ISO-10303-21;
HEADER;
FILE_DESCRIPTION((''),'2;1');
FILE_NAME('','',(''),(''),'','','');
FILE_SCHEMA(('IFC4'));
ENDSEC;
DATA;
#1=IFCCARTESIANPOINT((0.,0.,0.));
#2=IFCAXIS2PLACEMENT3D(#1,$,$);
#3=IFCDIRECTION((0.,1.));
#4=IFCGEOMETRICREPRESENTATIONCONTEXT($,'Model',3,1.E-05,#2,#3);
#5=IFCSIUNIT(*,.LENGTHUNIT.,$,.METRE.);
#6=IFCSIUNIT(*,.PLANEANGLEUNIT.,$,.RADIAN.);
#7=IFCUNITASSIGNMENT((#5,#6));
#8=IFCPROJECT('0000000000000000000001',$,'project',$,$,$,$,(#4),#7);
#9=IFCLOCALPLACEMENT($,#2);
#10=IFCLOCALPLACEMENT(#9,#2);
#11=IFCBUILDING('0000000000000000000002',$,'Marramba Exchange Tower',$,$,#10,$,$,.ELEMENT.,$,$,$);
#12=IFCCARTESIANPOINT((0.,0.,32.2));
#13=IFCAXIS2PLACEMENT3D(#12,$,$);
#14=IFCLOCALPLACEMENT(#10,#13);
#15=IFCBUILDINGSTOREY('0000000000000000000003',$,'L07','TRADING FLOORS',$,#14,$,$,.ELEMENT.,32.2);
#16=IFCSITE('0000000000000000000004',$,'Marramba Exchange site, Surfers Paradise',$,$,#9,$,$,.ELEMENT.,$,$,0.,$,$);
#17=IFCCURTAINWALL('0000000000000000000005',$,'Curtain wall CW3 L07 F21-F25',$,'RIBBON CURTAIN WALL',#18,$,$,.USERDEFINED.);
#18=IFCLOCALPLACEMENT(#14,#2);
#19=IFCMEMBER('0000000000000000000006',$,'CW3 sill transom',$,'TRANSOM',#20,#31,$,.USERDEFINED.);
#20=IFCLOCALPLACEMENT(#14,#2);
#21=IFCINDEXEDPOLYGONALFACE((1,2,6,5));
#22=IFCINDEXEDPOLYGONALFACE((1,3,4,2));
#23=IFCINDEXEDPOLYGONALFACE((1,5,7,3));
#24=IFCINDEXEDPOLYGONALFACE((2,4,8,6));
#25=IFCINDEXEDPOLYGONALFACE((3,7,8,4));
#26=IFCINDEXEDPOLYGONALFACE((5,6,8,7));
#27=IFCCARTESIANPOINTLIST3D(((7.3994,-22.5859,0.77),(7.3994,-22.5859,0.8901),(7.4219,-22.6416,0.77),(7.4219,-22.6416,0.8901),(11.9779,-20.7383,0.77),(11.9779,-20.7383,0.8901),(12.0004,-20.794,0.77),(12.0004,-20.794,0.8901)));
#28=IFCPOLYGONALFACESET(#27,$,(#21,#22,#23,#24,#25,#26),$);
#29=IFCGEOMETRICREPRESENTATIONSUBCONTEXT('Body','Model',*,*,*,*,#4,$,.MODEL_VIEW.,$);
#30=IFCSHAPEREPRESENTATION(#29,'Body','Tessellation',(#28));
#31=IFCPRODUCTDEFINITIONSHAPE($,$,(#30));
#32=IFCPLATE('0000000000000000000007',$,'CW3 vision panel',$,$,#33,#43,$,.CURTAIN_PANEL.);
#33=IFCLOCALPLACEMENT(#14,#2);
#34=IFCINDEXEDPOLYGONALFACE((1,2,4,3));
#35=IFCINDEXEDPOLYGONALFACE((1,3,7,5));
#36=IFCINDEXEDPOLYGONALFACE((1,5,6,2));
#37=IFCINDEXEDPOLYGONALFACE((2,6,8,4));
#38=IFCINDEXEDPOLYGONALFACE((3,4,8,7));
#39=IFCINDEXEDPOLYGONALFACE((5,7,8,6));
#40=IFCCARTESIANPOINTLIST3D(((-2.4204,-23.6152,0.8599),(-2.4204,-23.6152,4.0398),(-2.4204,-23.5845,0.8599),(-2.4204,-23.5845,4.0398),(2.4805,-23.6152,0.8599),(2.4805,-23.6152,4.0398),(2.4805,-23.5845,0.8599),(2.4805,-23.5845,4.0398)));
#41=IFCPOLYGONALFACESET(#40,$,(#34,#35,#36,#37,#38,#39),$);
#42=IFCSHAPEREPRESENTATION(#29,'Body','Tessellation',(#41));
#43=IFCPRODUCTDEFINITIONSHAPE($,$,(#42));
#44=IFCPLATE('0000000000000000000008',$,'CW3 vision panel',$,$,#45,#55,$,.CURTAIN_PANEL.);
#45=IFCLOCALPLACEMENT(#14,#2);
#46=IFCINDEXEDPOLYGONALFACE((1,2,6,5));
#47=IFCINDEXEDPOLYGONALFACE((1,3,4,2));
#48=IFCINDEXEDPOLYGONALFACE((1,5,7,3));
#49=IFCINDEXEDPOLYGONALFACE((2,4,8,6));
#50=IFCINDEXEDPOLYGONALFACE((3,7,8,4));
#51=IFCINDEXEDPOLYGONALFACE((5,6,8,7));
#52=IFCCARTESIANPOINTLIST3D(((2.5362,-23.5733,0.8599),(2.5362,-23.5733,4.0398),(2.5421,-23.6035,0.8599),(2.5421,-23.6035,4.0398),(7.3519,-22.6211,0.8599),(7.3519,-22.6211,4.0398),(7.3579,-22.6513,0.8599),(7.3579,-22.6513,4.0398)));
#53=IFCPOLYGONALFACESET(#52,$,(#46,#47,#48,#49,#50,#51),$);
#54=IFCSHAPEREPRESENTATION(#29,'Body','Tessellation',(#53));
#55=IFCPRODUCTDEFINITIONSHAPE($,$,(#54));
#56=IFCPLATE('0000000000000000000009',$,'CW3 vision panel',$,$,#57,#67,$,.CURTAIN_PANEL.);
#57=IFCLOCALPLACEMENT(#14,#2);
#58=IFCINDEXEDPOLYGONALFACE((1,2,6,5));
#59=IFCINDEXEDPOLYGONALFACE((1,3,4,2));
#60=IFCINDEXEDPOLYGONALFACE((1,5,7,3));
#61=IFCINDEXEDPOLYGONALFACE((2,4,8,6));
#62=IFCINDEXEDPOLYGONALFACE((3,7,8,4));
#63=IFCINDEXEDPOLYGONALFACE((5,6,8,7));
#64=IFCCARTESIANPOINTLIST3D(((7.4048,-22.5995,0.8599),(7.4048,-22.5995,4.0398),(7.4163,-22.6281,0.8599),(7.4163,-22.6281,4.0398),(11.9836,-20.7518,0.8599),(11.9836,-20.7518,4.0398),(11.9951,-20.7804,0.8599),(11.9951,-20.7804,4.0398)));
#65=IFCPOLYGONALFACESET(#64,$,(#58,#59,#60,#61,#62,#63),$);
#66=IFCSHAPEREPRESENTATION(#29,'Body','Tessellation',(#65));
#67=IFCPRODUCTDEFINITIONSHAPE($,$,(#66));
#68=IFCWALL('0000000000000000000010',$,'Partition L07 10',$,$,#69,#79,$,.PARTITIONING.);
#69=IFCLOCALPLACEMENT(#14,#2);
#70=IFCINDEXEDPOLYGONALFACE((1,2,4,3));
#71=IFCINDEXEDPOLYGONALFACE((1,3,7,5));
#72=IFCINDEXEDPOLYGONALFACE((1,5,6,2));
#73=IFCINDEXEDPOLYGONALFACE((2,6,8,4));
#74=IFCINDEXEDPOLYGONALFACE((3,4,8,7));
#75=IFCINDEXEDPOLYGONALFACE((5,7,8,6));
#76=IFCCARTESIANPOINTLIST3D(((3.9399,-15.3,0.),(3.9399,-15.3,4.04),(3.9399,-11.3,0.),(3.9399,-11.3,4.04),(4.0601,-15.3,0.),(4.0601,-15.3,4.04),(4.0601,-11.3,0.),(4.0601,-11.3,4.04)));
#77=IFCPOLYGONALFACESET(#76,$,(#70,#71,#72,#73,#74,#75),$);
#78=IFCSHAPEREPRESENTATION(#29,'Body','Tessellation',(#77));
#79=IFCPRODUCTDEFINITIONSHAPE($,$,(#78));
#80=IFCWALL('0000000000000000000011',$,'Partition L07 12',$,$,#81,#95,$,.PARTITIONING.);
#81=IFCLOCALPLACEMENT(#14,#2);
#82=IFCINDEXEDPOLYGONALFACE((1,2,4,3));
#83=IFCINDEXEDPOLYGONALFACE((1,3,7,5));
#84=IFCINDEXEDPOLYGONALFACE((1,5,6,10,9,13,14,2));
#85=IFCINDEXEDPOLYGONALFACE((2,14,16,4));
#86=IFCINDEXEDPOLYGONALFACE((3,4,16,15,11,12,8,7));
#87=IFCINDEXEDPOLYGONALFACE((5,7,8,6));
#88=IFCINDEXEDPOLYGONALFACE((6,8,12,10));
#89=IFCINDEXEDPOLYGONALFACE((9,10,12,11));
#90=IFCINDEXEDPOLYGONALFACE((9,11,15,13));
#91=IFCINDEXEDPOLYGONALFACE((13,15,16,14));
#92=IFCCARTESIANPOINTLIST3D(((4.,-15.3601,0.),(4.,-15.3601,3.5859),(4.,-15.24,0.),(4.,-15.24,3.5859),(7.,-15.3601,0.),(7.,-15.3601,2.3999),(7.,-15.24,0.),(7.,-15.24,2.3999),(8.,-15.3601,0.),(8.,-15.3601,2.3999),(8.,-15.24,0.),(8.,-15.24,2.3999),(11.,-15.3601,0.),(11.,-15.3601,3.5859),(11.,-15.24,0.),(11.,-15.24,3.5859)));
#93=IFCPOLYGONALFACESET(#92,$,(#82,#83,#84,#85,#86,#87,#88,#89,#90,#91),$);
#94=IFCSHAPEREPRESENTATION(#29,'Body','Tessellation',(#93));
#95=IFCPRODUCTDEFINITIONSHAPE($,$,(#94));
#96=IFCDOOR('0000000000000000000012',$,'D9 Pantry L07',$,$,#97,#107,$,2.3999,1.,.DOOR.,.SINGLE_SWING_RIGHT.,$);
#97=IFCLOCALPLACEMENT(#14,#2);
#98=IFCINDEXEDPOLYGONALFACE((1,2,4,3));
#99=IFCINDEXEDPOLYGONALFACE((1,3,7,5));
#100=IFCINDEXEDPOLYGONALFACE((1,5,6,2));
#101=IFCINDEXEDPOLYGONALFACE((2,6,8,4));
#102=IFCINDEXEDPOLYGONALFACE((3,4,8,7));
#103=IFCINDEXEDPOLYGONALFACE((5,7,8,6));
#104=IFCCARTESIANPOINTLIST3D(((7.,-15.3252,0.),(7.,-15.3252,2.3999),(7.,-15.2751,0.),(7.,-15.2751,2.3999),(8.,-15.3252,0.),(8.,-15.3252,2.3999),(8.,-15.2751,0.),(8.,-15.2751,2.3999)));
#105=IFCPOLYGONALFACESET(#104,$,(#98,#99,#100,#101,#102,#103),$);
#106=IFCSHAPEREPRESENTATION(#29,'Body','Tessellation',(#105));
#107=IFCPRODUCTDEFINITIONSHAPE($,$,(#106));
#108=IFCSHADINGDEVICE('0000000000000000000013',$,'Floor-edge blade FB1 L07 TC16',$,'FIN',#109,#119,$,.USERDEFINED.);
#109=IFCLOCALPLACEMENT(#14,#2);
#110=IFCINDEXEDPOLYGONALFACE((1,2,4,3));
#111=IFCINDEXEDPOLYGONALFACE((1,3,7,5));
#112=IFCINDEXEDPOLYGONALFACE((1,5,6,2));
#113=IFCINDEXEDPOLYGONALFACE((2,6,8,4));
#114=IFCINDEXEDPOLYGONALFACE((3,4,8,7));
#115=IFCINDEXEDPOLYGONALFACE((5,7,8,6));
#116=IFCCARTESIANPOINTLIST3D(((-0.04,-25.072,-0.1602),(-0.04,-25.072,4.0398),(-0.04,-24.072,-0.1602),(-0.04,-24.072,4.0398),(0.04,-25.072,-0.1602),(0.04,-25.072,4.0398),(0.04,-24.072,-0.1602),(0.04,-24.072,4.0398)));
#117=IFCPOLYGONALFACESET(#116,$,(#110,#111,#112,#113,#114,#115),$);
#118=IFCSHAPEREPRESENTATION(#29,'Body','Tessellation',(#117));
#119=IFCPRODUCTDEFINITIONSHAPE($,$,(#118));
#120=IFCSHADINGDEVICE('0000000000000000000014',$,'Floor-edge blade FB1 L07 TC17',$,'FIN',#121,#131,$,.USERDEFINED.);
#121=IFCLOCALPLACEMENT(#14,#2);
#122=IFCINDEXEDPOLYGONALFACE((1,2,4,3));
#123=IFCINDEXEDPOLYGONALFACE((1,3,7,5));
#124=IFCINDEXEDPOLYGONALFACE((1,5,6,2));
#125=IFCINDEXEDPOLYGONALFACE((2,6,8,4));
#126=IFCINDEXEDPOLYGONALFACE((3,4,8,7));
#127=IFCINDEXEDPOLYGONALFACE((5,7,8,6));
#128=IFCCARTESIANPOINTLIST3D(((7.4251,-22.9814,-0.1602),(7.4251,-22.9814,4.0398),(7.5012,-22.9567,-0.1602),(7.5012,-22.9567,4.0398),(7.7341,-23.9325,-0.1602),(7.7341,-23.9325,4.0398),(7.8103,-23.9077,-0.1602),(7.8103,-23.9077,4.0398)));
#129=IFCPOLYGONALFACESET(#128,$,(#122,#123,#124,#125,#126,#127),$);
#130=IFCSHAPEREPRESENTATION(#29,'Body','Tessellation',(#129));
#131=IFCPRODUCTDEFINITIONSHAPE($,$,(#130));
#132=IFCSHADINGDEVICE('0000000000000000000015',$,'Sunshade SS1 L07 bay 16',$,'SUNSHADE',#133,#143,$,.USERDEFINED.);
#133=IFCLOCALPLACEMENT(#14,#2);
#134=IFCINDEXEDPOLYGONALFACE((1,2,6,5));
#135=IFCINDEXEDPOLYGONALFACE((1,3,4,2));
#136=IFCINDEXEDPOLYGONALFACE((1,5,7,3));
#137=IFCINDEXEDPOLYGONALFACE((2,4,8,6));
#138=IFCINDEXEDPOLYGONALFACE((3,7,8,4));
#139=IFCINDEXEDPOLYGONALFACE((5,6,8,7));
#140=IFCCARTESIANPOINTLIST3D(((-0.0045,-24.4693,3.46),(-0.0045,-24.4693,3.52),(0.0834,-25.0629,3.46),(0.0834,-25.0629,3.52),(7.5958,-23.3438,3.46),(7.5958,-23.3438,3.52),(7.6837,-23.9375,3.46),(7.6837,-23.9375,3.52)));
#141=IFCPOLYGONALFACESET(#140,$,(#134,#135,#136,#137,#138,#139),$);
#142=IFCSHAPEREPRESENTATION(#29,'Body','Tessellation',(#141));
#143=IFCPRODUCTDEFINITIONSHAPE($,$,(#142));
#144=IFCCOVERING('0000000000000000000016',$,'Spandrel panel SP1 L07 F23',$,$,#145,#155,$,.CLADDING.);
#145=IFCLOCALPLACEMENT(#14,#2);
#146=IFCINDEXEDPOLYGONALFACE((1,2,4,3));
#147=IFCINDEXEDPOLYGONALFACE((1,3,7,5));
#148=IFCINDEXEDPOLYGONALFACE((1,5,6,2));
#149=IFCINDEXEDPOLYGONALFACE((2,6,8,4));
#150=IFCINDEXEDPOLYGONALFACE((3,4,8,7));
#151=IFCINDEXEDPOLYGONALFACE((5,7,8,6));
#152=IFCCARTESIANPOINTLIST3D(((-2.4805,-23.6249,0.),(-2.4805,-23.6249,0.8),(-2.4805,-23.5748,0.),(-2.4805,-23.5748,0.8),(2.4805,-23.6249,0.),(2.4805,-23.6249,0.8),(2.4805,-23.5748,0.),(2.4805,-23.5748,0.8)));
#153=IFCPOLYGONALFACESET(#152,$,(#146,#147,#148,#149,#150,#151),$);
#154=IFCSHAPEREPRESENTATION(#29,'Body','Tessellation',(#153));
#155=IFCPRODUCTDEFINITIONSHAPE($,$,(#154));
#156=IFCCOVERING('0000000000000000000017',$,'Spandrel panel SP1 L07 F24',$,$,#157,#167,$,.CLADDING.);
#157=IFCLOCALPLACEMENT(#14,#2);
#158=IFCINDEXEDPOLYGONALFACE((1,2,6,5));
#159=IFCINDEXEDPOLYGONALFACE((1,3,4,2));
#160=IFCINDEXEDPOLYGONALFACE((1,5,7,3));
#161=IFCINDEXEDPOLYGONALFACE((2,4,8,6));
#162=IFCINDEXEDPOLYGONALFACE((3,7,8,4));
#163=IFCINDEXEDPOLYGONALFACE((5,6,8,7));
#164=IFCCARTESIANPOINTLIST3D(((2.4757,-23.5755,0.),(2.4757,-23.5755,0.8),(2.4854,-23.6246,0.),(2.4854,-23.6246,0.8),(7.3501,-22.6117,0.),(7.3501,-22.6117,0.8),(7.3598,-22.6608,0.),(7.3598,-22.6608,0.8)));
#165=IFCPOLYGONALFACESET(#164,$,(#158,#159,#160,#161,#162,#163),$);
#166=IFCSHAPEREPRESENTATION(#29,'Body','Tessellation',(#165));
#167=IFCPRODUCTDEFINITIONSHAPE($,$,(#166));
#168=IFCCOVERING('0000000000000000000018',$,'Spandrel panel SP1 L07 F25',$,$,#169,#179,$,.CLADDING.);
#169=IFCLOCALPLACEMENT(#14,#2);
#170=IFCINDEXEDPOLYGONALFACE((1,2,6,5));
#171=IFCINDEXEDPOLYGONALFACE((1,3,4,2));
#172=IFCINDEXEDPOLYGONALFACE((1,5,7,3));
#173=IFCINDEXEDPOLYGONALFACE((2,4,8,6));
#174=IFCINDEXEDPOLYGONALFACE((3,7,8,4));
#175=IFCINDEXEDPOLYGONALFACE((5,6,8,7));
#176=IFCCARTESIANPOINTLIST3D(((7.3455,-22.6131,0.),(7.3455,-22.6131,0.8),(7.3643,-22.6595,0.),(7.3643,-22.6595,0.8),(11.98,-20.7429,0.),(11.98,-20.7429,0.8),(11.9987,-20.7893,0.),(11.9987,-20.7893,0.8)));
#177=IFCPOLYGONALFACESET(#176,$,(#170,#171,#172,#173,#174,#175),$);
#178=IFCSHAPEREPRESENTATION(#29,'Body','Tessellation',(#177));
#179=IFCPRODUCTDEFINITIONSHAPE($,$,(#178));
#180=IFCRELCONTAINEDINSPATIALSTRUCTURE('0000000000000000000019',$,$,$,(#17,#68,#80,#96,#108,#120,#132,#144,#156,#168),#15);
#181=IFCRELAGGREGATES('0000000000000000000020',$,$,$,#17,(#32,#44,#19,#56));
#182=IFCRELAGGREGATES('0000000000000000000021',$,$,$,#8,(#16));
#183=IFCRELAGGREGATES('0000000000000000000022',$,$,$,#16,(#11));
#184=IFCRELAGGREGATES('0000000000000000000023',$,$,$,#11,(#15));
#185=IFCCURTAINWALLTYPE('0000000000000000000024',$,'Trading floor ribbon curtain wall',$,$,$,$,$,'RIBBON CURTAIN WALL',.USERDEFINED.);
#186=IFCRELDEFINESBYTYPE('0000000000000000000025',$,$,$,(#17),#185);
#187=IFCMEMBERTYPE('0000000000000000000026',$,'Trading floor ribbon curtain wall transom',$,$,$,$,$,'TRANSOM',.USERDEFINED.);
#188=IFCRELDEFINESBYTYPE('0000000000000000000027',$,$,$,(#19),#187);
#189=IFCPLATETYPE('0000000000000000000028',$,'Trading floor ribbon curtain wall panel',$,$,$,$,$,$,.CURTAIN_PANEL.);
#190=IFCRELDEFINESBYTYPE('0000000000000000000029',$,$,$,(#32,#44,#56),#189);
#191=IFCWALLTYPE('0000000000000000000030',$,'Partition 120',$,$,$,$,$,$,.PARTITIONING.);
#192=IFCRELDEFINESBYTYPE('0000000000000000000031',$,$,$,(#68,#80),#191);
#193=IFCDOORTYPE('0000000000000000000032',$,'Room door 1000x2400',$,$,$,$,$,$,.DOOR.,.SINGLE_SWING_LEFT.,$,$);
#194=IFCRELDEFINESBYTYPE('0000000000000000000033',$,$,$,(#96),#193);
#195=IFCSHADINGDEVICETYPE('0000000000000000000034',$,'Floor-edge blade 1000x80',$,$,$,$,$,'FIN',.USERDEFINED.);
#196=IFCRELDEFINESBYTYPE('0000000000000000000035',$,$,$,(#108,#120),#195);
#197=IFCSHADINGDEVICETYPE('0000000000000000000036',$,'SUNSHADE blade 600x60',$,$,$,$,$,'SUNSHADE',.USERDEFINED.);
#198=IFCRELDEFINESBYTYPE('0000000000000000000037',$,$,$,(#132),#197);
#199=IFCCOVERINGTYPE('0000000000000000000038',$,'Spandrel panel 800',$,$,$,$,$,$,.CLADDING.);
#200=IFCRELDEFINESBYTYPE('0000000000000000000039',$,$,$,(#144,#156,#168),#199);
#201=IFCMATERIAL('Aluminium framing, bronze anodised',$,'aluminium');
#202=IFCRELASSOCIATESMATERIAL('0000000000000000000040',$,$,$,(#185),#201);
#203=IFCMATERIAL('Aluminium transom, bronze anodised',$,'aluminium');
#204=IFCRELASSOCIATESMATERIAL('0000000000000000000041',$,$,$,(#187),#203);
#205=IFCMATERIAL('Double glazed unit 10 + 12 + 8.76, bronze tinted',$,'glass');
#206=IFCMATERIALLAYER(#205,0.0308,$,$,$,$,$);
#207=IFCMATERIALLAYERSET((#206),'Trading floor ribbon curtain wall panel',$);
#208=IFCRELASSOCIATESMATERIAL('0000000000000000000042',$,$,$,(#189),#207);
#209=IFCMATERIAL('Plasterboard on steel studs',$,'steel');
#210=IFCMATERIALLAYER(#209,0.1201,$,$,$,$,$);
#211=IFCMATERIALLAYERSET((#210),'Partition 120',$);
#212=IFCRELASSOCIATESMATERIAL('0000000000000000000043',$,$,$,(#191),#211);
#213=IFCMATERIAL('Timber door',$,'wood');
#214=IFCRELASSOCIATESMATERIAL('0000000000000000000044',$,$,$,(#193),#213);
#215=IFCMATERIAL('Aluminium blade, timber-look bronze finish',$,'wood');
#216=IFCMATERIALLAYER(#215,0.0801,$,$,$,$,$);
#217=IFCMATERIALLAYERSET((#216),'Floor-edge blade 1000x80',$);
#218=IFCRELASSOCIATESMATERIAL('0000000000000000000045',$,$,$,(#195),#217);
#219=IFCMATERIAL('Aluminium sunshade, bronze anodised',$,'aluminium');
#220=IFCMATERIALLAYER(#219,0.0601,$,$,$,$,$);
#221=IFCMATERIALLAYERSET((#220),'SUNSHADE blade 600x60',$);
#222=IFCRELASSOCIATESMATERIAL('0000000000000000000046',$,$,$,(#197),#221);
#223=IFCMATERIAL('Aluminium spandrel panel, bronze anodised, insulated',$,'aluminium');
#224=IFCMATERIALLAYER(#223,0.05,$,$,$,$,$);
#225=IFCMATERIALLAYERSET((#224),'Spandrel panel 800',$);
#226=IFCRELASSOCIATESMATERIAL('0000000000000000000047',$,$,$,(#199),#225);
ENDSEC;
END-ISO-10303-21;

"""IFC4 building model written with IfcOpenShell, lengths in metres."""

from ifc_helpers import new_model, si_unit, direction, frame, frame_2d, origin, origin_2d, place, context, subcontext, project, spatial, rectangle, extrude, material, layer, layer_set, material_profile, profile_set, type_object, element, fill, aggregate, save


model = new_model("IFC4")

# Units and contexts
model_context = context("Model", 3, precision=1e-05, world=origin(), true_north=direction((0.0, 1.0)))
body_context = subcontext(model_context, "Body", "Model", "MODEL_VIEW")
ifc_project = project(units=[si_unit("LENGTHUNIT", "METRE"), si_unit("PLANEANGLEUNIT", "RADIAN")], contexts=[model_context])

# Site, building, storey
site_placement = place(None, origin())
site = spatial("IfcSite", under=ifc_project, at=site_placement, Name="Marramba Exchange site, Surfers Paradise", CompositionType="ELEMENT", RefElevation=0.0)
building_placement = place(site_placement, origin())
building = spatial("IfcBuilding", under=site, at=building_placement, Name="Marramba Exchange Tower", CompositionType="ELEMENT")
storey_placement = place(building_placement, frame((0.0, 0.0, 32.2)))
storey = spatial("IfcBuildingStorey", under=building, at=storey_placement, Name="L07", Description="TRADING FLOORS", CompositionType="ELEMENT", Elevation=32.2)

# Curtain wall, member, plates
ifc_material_1 = material(Name="Aluminium framing, bronze anodised", Category="aluminium")
curtain_wall_type = type_object("IfcCurtainWallType", Name="Trading floor ribbon curtain wall", ElementType="RIBBON CURTAIN WALL", PredefinedType="USERDEFINED", material=ifc_material_1)
curtain_wall_placement = place(storey_placement, origin())
curtain_wall = element("IfcCurtainWall", 1, at=curtain_wall_placement, inside=storey, type_object=curtain_wall_type, Name="Curtain wall CW3 L07 F21-F25", ObjectType="RIBBON CURTAIN WALL", PredefinedType="USERDEFINED")
ifc_material_2 = material(Name="Aluminium transom, bronze anodised", Category="aluminium")
ifc_material_profile_1 = material_profile(ifc_material_2, rectangle(XDim=0.0601, YDim=0.1201, at=origin_2d()), Name="CW3 transom 60x120")
ifc_profile_set_1 = profile_set([ifc_material_profile_1], Name="Aluminium transom, bronze anodised")
member_type_1 = type_object("IfcMemberType", Name="Trading floor ribbon curtain wall transom", ElementType="TRANSOM", PredefinedType="USERDEFINED", material=ifc_profile_set_1)
member_1_placement = place(storey_placement, frame((7.4106, -22.6138, 0.8301), z_axis=(0.92734, 0.374219, 0.0), x_axis=(-0.374219, 0.92734, 0.0)))
member_1 = element("IfcMember", 2, at=member_1_placement, type_object=member_type_1, Name="CW3 sill transom", ObjectType="TRANSOM", PredefinedType="USERDEFINED", context=body_context, shape_type="SweptSolid", body=[
    extrude(rectangle(XDim=0.0601, YDim=0.1201, at=origin_2d()), origin(), (0.0, 0.0, 1.0), 4.9373),
])
ifc_material_3 = material(Name="Double glazed unit 10 + 12 + 8.76, bronze tinted", Category="glass")
ifc_layer_1 = layer(ifc_material_3, 0.0308)
ifc_layer_set_1 = layer_set([ifc_layer_1], Name="Trading floor ribbon curtain wall panel")
plate_type = type_object("IfcPlateType", Name="Trading floor ribbon curtain wall panel", PredefinedType="CURTAIN_PANEL", material=ifc_layer_set_1)
plate_1_placement = place(storey_placement, frame((0.03, -23.5999, 0.8599), z_axis=(0.0, 0.0, 1.0), x_axis=(1.0, 0.0, 0.0)))
plate_1 = element("IfcPlate", 3, at=plate_1_placement, type_object=plate_type, Name="CW3 vision panel", PredefinedType="CURTAIN_PANEL", context=body_context, shape_type="SweptSolid", body=[
    extrude(rectangle(XDim=4.9009, YDim=0.0308, at=origin_2d()), origin(), (0.0, 0.0, 1.0), 3.1799),
])
plate_2_placement = place(storey_placement, frame((4.947, -23.1123, 0.8599), z_axis=(0.0, 0.0, 1.0), x_axis=(0.981009, 0.193961, 0.0)))
plate_2 = element("IfcPlate", 4, at=plate_2_placement, type_object=plate_type, Name="CW3 vision panel", PredefinedType="CURTAIN_PANEL", context=body_context, shape_type="SweptSolid", body=[
    extrude(rectangle(XDim=4.9089, YDim=0.0308, at=origin_2d()), origin(), (0.0, 0.0, 1.0), 3.1799),
])
plate_3_placement = place(storey_placement, frame((9.7, -21.6899, 0.8599), z_axis=(0.0, 0.0, 1.0), x_axis=(0.927341, 0.374218, 0.0)))
plate_3 = element("IfcPlate", 5, at=plate_3_placement, type_object=plate_type, Name="CW3 vision panel", PredefinedType="CURTAIN_PANEL", context=body_context, shape_type="SweptSolid", body=[
    extrude(rectangle(XDim=4.9375, YDim=0.0308, at=origin_2d()), origin(), (0.0, 0.0, 1.0), 3.1799),
])
aggregate(curtain_wall, [plate_1, plate_2, member_1, plate_3])

# Wall
ifc_material_4 = material(Name="Plasterboard on steel studs", Category="steel")
ifc_layer_2 = layer(ifc_material_4, 0.1201)
ifc_layer_set_2 = layer_set([ifc_layer_2], Name="Partition 120")
wall_type = type_object("IfcWallType", Name="Partition 120", PredefinedType="PARTITIONING", material=ifc_layer_set_2)
wall_1_placement = place(storey_placement, frame((4.0, -11.3, 0.0), z_axis=(0.0, 0.0, 1.0), x_axis=(0.0, -1.0, 0.0)))
element("IfcWall", 6, at=wall_1_placement, inside=storey, type_object=wall_type, Name="Partition L07 10", PredefinedType="PARTITIONING", context=body_context, shape_type="SweptSolid", body=[
    extrude(rectangle(XDim=4.0, YDim=0.1201, at=frame_2d((2.0, 0.0))), origin(), (0.0, 0.0, 1.0), 4.04),
])

# Wall, opening, door
wall_2_placement = place(storey_placement, frame((4.0, -15.3, 0.0), z_axis=(0.0, 0.0, 1.0), x_axis=(1.0, 0.0, 0.0)))
wall_2 = element("IfcWall", 7, at=wall_2_placement, inside=storey, type_object=wall_type, Name="Partition L07 12", PredefinedType="PARTITIONING", context=body_context, shape_type="SweptSolid", body=[
    extrude(rectangle(XDim=7.0, YDim=0.1201, at=frame_2d((3.5, 0.0))), origin(), (0.0, 0.0, 1.0), 3.5859),
])
opening_placement = place(wall_2_placement, frame((3.0, 0.0, 0.0)))
opening = element("IfcOpeningElement", 8, at=opening_placement, cuts=wall_2, PredefinedType="OPENING", context=body_context, shape_type="SweptSolid", body=[
    extrude(rectangle(XDim=1.0, YDim=2.3999, at=frame_2d((0.5, 1.2))), frame((0.0, 0.0701, 0.0), z_axis=(0.0, -1.0, 0.0), x_axis=(1.0, 0.0, 0.0)), (0.0, 0.0, 1.0), 0.1401),
])
ifc_material_5 = material(Name="Timber door", Category="wood")
door_type = type_object("IfcDoorType", Name="Room door 1000x2400", OperationType="SINGLE_SWING_LEFT", PredefinedType="DOOR", material=ifc_material_5)
door_placement = place(opening_placement, origin())
door = element("IfcDoor", 9, at=door_placement, inside=storey, type_object=door_type, Name="D9 Pantry L07", OperationType="SINGLE_SWING_RIGHT", OverallHeight=2.3999, OverallWidth=1.0, PredefinedType="DOOR", context=body_context, shape_type="SweptSolid", body=[
    extrude(rectangle(XDim=1.0, YDim=2.3999, at=frame_2d((0.5, 1.2))), frame((0.0, 0.0249, 0.0), z_axis=(0.0, -1.0, 0.0), x_axis=(1.0, 0.0, 0.0)), (0.0, 0.0, 1.0), 0.05),
])
fill(opening, door)

# Shading devices
ifc_material_6 = material(Name="Aluminium blade, timber-look bronze finish", Category="wood")
ifc_layer_3 = layer(ifc_material_6, 0.0801)
ifc_layer_set_3 = layer_set([ifc_layer_3], Name="Floor-edge blade 1000x80")
shading_device_type_1 = type_object("IfcShadingDeviceType", Name="Floor-edge blade 1000x80", ElementType="FIN", PredefinedType="USERDEFINED", material=ifc_layer_set_3)
for number, where, z_axis, x_axis, name in (
    (10, (0.0, -24.572, -0.1602), (0.0, 0.0, 1.0), (0.0, -1.0, 0.0), "Floor-edge blade FB1 L07 TC16"),
    (11, (7.6177, -23.4446, -0.1602), (0.0, 0.0, 1.0), (0.309017, -0.951057, 0.0), "Floor-edge blade FB1 L07 TC17"),
):
    element("IfcShadingDevice", number, at=place(storey_placement, frame(where, z_axis=z_axis, x_axis=x_axis)), inside=storey, type_object=shading_device_type_1, Name=name, ObjectType="FIN", PredefinedType="USERDEFINED", context=body_context, shape_type="SweptSolid", body=[
        extrude(rectangle(XDim=1.0, YDim=0.0801, at=origin_2d()), origin(), (0.0, 0.0, 1.0), 4.2),
    ])
ifc_material_7 = material(Name="Aluminium sunshade, bronze anodised", Category="aluminium")
ifc_layer_4 = layer(ifc_material_7, 0.0601)
ifc_layer_set_4 = layer_set([ifc_layer_4], Name="SUNSHADE blade 600x60")
shading_device_type_2 = type_object("IfcShadingDeviceType", Name="SUNSHADE blade 600x60", ElementType="SUNSHADE", PredefinedType="USERDEFINED", material=ifc_layer_set_4)
shading_device_placement = place(storey_placement, frame((3.8396, -24.2034, 3.46), z_axis=(0.0, 0.0, 1.0), x_axis=(0.989213, 0.146485, 0.0)))
element("IfcShadingDevice", 12, at=shading_device_placement, inside=storey, type_object=shading_device_type_2, Name="Sunshade SS1 L07 bay 16", ObjectType="SUNSHADE", PredefinedType="USERDEFINED", context=body_context, shape_type="SweptSolid", body=[
    extrude(rectangle(XDim=7.6831, YDim=0.6001, at=origin_2d()), origin(), (0.0, 0.0, 1.0), 0.0601),
])

# Coverings
ifc_material_8 = material(Name="Aluminium spandrel panel, bronze anodised, insulated", Category="aluminium")
ifc_layer_5 = layer(ifc_material_8, 0.05)
ifc_layer_set_5 = layer_set([ifc_layer_5], Name="Spandrel panel 800")
covering_type = type_object("IfcCoveringType", Name="Spandrel panel 800", PredefinedType="CLADDING", material=ifc_layer_set_5)
covering_1_placement = place(storey_placement, frame((0.0, -23.5999, 0.0), z_axis=(0.0, 0.0, 1.0), x_axis=(1.0, 0.0, 0.0)))
element("IfcCovering", 13, at=covering_1_placement, inside=storey, type_object=covering_type, Name="Spandrel panel SP1 L07 F23", PredefinedType="CLADDING", context=body_context, shape_type="SweptSolid", body=[
    extrude(rectangle(XDim=4.9609, YDim=0.05, at=origin_2d()), origin(), (0.0, 0.0, 1.0), 0.8),
])
covering_2_placement = place(storey_placement, frame((4.9177, -23.1182, 0.0), z_axis=(0.0, 0.0, 1.0), x_axis=(0.981009, 0.193961, 0.0)))
element("IfcCovering", 14, at=covering_2_placement, inside=storey, type_object=covering_type, Name="Spandrel panel SP1 L07 F24", PredefinedType="CLADDING", context=body_context, shape_type="SweptSolid", body=[
    extrude(rectangle(XDim=4.9688, YDim=0.05, at=origin_2d()), origin(), (0.0, 0.0, 1.0), 0.8),
])
covering_3_placement = place(storey_placement, frame((9.6721, -21.7012, 0.0), z_axis=(0.0, 0.0, 1.0), x_axis=(0.927341, 0.374218, 0.0)))
element("IfcCovering", 15, at=covering_3_placement, inside=storey, type_object=covering_type, Name="Spandrel panel SP1 L07 F25", PredefinedType="CLADDING", context=body_context, shape_type="SweptSolid", body=[
    extrude(rectangle(XDim=4.9976, YDim=0.05, at=origin_2d()), origin(), (0.0, 0.0, 1.0), 0.8),
])

save(model, "model.ifc")
